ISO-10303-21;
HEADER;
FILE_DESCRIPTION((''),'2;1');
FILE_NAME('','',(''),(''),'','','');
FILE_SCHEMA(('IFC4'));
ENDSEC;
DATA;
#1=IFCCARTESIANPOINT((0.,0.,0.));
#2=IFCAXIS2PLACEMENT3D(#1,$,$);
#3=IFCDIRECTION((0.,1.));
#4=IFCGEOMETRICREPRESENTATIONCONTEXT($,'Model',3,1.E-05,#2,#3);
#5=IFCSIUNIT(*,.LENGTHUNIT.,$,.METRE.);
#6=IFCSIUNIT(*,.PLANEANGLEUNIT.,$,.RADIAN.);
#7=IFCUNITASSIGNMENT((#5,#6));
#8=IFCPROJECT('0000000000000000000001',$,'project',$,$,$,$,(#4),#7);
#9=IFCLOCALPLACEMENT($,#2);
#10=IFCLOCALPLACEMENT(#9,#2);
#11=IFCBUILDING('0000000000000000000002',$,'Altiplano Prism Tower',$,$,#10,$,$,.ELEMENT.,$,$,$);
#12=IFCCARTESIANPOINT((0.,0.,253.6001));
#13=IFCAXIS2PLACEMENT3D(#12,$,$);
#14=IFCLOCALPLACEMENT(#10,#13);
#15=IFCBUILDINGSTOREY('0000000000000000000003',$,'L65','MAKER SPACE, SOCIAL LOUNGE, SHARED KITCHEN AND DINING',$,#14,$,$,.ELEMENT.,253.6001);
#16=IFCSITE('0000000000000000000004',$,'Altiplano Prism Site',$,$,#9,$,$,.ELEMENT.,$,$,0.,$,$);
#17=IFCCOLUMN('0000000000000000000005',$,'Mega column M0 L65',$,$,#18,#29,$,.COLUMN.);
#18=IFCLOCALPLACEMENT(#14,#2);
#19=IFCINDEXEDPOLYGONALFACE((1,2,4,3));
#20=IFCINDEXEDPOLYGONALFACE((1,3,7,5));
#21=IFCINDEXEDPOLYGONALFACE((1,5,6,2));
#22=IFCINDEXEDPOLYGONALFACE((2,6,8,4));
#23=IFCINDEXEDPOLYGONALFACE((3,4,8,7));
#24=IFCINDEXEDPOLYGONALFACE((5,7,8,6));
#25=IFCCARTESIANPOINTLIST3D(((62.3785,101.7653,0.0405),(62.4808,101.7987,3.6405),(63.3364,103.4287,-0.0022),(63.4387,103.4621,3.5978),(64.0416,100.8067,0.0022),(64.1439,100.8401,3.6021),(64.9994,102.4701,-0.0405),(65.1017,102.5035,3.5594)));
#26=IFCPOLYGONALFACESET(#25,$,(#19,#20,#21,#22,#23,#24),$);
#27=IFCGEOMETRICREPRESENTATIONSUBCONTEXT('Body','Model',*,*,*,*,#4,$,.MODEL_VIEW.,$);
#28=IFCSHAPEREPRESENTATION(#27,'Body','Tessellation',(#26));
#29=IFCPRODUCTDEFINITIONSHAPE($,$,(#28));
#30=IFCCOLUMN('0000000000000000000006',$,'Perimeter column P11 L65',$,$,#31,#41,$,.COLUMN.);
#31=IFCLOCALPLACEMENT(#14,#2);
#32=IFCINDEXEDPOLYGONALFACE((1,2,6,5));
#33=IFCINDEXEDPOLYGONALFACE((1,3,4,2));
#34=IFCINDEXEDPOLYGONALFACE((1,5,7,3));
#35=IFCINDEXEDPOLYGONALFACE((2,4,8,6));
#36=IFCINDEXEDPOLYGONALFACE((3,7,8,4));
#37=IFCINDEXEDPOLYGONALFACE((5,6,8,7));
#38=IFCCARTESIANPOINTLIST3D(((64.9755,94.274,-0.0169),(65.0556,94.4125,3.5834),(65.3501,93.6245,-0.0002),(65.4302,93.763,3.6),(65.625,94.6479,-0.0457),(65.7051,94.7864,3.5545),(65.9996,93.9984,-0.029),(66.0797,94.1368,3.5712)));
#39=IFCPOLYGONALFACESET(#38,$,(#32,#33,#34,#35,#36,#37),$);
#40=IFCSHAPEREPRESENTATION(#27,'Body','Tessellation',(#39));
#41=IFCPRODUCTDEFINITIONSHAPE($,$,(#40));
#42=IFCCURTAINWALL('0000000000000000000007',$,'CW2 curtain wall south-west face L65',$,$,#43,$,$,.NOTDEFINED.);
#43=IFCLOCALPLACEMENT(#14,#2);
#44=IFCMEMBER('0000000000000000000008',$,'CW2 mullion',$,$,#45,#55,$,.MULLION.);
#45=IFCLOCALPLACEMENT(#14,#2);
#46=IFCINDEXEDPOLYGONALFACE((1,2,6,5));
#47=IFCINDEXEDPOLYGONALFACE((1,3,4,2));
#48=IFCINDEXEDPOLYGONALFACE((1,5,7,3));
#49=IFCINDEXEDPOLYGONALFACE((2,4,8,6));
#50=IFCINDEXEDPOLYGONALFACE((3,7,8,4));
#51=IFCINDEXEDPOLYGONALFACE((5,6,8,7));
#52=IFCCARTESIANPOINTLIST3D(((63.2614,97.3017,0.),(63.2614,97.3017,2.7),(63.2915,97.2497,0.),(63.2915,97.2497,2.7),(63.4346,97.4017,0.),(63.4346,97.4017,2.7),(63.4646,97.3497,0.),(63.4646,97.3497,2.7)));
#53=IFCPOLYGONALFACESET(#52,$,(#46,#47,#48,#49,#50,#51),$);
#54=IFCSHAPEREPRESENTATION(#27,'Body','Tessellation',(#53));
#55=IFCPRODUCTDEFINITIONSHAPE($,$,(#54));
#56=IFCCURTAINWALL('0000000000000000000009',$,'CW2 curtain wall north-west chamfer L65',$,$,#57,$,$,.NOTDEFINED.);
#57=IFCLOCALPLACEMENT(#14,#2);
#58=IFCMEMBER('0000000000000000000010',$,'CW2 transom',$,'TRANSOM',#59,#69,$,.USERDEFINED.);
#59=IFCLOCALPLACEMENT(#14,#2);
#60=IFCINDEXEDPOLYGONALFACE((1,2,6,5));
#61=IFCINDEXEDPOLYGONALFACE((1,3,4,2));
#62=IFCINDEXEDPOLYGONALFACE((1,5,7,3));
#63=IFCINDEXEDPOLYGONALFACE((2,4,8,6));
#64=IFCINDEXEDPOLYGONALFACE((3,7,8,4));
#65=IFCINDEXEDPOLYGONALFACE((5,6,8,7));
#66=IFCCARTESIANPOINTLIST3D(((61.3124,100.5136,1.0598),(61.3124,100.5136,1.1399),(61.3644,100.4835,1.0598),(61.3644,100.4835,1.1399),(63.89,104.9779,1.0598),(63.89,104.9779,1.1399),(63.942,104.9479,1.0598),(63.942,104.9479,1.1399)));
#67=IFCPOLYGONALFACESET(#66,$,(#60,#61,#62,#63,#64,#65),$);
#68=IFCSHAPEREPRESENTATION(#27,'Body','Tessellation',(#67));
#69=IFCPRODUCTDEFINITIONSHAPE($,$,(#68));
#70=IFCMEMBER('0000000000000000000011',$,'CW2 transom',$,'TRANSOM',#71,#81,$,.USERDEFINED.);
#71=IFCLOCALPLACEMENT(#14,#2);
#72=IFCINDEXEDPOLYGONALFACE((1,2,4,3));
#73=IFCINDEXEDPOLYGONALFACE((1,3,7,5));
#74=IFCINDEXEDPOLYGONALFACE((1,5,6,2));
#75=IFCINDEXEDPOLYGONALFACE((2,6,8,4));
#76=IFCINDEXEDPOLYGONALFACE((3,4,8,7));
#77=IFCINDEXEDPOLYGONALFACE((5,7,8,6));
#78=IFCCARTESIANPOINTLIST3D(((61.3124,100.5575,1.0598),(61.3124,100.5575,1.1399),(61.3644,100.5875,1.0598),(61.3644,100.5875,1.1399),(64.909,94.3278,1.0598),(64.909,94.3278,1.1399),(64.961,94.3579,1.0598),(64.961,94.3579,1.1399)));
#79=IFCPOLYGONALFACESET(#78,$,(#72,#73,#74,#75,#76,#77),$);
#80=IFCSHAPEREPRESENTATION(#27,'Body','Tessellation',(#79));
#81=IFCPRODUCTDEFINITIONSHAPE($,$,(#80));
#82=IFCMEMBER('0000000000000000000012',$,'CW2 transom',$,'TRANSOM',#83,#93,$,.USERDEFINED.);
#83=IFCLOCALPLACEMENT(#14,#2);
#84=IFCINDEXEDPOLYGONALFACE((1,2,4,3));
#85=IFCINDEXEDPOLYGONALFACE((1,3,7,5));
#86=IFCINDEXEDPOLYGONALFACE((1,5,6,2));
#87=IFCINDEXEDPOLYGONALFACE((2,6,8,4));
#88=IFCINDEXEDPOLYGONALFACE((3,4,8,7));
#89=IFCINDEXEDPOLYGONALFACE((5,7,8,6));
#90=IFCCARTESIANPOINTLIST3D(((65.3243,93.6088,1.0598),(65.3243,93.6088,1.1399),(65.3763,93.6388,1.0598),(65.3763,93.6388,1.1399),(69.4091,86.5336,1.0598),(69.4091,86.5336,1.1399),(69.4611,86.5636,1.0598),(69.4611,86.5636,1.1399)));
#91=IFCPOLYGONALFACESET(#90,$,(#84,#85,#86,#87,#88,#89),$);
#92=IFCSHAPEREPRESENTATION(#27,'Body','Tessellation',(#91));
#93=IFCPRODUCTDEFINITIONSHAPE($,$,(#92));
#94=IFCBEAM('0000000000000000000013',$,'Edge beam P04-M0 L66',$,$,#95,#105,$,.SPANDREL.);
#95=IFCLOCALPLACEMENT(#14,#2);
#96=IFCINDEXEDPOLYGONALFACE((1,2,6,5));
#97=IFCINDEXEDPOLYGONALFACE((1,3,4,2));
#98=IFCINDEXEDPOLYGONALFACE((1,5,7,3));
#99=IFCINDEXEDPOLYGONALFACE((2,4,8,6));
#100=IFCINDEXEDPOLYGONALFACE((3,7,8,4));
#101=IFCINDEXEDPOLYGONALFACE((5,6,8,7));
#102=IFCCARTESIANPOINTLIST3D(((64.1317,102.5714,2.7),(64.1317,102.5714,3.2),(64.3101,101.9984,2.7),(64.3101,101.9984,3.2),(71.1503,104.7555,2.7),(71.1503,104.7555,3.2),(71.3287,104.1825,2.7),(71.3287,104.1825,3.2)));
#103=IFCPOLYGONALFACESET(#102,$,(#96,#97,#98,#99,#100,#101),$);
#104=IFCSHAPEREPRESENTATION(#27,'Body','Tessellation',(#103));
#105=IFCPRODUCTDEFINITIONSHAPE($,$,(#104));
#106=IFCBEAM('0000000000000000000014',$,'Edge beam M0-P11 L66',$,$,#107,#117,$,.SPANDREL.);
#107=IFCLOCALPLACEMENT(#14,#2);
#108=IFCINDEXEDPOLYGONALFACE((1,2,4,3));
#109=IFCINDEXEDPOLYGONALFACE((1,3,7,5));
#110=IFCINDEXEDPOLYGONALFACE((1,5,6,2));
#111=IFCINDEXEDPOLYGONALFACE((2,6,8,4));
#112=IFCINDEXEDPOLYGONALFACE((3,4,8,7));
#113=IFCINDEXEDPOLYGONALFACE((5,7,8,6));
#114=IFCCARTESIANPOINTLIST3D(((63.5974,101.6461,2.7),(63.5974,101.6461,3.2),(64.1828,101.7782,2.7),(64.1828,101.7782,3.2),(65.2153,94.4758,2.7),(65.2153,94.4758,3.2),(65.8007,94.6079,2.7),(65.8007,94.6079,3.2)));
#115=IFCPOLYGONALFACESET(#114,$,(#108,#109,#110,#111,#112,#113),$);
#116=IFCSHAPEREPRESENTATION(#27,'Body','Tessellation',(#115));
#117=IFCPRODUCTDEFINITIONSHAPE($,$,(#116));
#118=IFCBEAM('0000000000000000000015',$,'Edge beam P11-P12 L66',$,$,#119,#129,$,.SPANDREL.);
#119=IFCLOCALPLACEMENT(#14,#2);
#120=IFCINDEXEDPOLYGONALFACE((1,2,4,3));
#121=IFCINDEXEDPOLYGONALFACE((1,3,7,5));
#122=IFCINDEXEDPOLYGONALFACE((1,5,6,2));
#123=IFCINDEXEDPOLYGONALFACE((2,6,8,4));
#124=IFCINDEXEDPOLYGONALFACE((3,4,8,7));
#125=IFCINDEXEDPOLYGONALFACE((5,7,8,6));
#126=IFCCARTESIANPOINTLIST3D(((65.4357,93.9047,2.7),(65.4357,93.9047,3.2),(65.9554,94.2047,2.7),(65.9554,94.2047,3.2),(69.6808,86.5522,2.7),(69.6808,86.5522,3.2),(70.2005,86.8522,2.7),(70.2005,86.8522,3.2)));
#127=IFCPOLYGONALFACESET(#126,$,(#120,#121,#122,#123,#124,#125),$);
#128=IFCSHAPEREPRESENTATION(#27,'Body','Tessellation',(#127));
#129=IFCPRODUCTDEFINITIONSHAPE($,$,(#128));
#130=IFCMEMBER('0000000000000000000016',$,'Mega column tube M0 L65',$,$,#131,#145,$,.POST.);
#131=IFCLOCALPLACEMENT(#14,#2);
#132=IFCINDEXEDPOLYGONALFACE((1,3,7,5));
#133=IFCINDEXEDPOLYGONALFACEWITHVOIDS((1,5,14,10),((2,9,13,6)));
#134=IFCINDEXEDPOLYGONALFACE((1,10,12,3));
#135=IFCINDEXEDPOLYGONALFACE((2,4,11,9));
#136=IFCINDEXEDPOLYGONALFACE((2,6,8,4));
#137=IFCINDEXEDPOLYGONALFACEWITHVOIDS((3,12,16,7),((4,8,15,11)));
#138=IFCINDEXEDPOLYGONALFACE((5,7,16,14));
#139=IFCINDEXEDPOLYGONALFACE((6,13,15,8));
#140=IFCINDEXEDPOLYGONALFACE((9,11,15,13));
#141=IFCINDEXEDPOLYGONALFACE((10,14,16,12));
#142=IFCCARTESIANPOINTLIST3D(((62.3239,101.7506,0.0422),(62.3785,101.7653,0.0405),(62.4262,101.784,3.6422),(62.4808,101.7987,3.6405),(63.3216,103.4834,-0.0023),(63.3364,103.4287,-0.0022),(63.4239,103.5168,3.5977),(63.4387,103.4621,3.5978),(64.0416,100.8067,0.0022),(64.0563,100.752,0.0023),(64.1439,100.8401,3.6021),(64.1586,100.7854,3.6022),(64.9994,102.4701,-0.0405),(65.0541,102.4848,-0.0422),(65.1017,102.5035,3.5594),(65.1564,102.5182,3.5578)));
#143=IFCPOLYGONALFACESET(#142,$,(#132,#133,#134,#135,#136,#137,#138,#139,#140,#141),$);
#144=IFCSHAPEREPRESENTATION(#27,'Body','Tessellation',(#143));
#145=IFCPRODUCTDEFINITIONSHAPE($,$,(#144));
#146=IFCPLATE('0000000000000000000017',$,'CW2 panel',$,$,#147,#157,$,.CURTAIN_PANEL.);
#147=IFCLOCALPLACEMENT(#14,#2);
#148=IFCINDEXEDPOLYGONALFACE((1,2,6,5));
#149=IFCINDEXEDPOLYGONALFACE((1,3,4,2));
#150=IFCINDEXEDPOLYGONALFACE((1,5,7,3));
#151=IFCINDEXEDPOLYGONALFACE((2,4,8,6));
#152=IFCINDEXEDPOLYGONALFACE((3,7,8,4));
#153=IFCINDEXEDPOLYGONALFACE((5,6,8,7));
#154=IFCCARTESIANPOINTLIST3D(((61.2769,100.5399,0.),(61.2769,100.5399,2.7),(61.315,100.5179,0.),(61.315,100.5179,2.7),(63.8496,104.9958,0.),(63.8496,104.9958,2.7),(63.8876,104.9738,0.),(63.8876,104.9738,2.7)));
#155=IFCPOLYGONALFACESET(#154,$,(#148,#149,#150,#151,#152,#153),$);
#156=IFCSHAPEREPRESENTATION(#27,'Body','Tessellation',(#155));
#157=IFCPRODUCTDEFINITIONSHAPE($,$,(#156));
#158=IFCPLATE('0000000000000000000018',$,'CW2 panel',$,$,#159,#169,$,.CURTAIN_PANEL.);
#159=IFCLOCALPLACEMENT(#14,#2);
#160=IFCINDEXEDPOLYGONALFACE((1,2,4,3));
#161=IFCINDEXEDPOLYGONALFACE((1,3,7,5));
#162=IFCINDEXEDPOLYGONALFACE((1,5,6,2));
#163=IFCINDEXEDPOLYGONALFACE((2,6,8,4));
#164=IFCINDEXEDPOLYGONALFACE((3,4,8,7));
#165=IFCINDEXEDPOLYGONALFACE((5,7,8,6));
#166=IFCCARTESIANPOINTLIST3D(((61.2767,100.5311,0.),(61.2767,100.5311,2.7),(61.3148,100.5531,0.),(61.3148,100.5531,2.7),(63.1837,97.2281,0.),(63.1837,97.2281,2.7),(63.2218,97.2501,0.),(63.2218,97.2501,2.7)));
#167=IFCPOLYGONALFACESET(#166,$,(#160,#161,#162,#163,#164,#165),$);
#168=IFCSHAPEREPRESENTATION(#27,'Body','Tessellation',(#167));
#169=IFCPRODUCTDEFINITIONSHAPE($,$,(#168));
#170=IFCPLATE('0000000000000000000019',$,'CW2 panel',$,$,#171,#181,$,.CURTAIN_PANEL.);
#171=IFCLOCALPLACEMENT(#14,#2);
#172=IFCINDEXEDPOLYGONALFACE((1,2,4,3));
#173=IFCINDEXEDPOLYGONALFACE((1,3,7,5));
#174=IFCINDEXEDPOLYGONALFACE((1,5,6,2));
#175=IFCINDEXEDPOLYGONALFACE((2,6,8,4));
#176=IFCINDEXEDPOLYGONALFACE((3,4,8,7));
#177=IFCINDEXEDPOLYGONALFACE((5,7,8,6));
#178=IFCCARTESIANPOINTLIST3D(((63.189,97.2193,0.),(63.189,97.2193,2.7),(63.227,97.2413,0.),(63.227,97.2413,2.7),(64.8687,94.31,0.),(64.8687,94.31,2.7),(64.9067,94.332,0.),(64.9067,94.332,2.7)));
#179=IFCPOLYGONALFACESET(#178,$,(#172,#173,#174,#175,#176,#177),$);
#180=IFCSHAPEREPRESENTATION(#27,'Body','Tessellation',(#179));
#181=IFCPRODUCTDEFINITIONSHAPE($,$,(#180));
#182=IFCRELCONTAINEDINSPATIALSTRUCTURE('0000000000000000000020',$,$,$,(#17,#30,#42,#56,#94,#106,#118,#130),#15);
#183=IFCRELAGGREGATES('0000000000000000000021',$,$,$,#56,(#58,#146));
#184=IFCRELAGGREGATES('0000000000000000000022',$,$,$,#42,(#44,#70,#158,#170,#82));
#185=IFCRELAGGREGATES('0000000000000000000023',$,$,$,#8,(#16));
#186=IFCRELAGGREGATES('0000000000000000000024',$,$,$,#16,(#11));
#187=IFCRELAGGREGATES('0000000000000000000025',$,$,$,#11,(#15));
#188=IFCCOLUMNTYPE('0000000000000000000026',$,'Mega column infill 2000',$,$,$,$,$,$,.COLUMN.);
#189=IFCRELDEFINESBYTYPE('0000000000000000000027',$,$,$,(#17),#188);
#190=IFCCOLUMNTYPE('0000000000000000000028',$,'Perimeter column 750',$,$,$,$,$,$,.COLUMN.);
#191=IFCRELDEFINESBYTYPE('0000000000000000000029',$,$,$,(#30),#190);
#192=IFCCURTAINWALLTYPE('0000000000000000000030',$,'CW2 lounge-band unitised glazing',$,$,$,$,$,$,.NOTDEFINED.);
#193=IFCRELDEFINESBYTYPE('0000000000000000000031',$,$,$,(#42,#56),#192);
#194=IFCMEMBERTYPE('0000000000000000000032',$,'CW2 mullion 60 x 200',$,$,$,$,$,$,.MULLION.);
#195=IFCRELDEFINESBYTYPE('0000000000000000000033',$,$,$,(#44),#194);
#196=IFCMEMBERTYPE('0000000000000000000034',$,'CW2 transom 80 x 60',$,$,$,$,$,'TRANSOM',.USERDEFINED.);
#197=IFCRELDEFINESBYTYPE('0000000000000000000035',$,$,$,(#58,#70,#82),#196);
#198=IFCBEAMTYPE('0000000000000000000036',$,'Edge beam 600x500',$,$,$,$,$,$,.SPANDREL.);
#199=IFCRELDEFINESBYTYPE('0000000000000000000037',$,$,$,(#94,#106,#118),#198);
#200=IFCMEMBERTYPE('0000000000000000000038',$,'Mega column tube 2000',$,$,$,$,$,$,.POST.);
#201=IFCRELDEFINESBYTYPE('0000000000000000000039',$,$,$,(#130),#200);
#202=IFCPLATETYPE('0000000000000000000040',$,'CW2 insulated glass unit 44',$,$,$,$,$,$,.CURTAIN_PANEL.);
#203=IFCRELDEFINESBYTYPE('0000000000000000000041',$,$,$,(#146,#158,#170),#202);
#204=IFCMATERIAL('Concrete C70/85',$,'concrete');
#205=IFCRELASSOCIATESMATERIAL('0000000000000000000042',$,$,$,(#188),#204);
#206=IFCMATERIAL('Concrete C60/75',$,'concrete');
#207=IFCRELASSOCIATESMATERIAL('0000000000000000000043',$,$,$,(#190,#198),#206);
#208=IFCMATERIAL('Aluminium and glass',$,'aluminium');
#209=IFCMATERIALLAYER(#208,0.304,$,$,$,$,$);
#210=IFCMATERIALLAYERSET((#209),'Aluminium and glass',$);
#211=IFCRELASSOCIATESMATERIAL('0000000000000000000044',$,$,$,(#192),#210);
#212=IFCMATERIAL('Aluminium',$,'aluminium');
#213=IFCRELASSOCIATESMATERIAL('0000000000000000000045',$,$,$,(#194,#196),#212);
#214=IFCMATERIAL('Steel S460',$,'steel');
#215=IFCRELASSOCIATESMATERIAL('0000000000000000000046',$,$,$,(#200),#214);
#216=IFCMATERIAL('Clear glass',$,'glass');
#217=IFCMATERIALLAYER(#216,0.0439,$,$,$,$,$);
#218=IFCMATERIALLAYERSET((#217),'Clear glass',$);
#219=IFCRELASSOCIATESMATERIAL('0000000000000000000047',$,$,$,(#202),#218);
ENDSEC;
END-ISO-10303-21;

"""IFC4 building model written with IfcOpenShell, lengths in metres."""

from ifc_helpers import new_model, si_unit, direction, frame, origin, origin_2d, place, context, subcontext, project, spatial, rectangle, hollow_rectangle, extrude, material, layer, layer_set, material_profile, profile_set, type_object, element, aggregate, save


model = new_model("IFC4")

# Units and contexts
model_context = context("Model", 3, precision=1e-05, world=origin(), true_north=direction((0.0, 1.0)))
body_context = subcontext(model_context, "Body", "Model", "MODEL_VIEW")
ifc_project = project(units=[si_unit("LENGTHUNIT", "METRE"), si_unit("PLANEANGLEUNIT", "RADIAN")], contexts=[model_context])

# Site, building, storey
site_placement = place(None, origin())
site = spatial("IfcSite", under=ifc_project, at=site_placement, Name="Altiplano Prism Site", CompositionType="ELEMENT", RefElevation=0.0)
building_placement = place(site_placement, origin())
building = spatial("IfcBuilding", under=site, at=building_placement, Name="Altiplano Prism Tower", CompositionType="ELEMENT")
storey_placement = place(building_placement, frame((0.0, 0.0, 253.6001)))
storey = spatial("IfcBuildingStorey", under=building, at=storey_placement, Name="L65", Description="MAKER SPACE, SOCIAL LOUNGE, SHARED KITCHEN AND DINING", CompositionType="ELEMENT", Elevation=253.6001)

# Columns
ifc_material_1 = material(Name="Concrete C70/85", Category="concrete")
ifc_material_profile_1 = material_profile(ifc_material_1, rectangle(XDim=1.9199, YDim=1.9199, at=origin_2d()), Name="Mega column infill 2000")
ifc_profile_set_1 = profile_set([ifc_material_profile_1], Name="Concrete C70/85")
column_type_1 = type_object("IfcColumnType", Name="Mega column infill 2000", PredefinedType="COLUMN", material=ifc_profile_set_1)
column_1_placement = place(storey_placement, frame((63.689, 102.1177, 0.0), z_axis=(0.028404, 0.009287, 0.999553), x_axis=(-0.866202, 0.499295, 0.019975)))
element("IfcColumn", 1, at=column_1_placement, inside=storey, type_object=column_type_1, Name="Mega column M0 L65", PredefinedType="COLUMN", context=body_context, shape_type="SweptSolid", body=[
    extrude(rectangle(XDim=1.9199, YDim=1.9199, at=origin_2d()), origin(), (0.0, 0.0, 1.0), 3.6016),
])
ifc_material_2 = material(Name="Concrete C60/75", Category="concrete")
ifc_material_profile_2 = material_profile(ifc_material_2, rectangle(XDim=0.75, YDim=0.75, at=origin_2d()), Name="Perimeter column 750")
ifc_profile_set_2 = profile_set([ifc_material_profile_2], Name="Concrete C60/75")
column_type_2 = type_object("IfcColumnType", Name="Perimeter column 750", PredefinedType="COLUMN", material=ifc_profile_set_2)
column_2_placement = place(storey_placement, frame((65.4875, 94.1362, -0.0229), z_axis=(0.022221, 0.038413, 0.999015), x_axis=(-0.866024, -0.498523, 0.038432)))
element("IfcColumn", 2, at=column_2_placement, inside=storey, type_object=column_type_2, Name="Perimeter column P11 L65", PredefinedType="COLUMN", context=body_context, shape_type="SweptSolid", body=[
    extrude(rectangle(XDim=0.75, YDim=0.75, at=origin_2d()), origin(), (0.0, 0.0, 1.0), 3.6038),
])

# Curtain walls, members
ifc_material_3 = material(Name="Aluminium and glass", Category="aluminium")
ifc_layer_1 = layer(ifc_material_3, 0.304)
ifc_layer_set_1 = layer_set([ifc_layer_1], Name="Aluminium and glass")
curtain_wall_type = type_object("IfcCurtainWallType", Name="CW2 lounge-band unitised glazing", PredefinedType="NOTDEFINED", material=ifc_layer_set_1)
curtain_wall_1_placement = place(storey_placement, origin())
curtain_wall_1 = element("IfcCurtainWall", 3, at=curtain_wall_1_placement, inside=storey, type_object=curtain_wall_type, Name="CW2 curtain wall south-west face L65", PredefinedType="NOTDEFINED")
ifc_material_4 = material(Name="Aluminium", Category="aluminium")
ifc_material_profile_3 = material_profile(ifc_material_4, rectangle(XDim=0.2, YDim=0.0601, at=origin_2d()), Name="CW2 mullion 60 x 200")
ifc_profile_set_3 = profile_set([ifc_material_profile_3], Name="Aluminium")
member_type_1 = type_object("IfcMemberType", Name="CW2 mullion 60 x 200", PredefinedType="MULLION", material=ifc_profile_set_3)
member_1_placement = place(storey_placement, frame((63.363, 97.3257, 0.0), z_axis=(0.0, 0.0, 1.0), x_axis=(0.866025, 0.5, 0.0)))
member_1 = element("IfcMember", 4, at=member_1_placement, type_object=member_type_1, Name="CW2 mullion", PredefinedType="MULLION", context=body_context, shape_type="SweptSolid", body=[
    extrude(rectangle(XDim=0.2, YDim=0.0601, at=origin_2d()), origin(), (0.0, 0.0, 1.0), 2.7),
])
curtain_wall_2_placement = place(storey_placement, origin())
curtain_wall_2 = element("IfcCurtainWall", 5, at=curtain_wall_2_placement, inside=storey, type_object=curtain_wall_type, Name="CW2 curtain wall north-west chamfer L65", PredefinedType="NOTDEFINED")
ifc_material_profile_4 = material_profile(ifc_material_4, rectangle(XDim=0.0601, YDim=0.0801, at=origin_2d()), Name="CW2 transom 80 x 60")
ifc_profile_set_4 = profile_set([ifc_material_profile_4], Name="Aluminium")
member_type_2 = type_object("IfcMemberType", Name="CW2 transom 80 x 60", ElementType="TRANSOM", PredefinedType="USERDEFINED", material=ifc_profile_set_4)
member_2_placement = place(storey_placement, frame((63.916, 104.9629, 1.0999), z_axis=(-0.50002, -0.866014, 0.0), x_axis=(0.866014, -0.50002, 0.0)))
member_2 = element("IfcMember", 6, at=member_2_placement, type_object=member_type_2, Name="CW2 transom", ObjectType="TRANSOM", PredefinedType="USERDEFINED", context=body_context, shape_type="SweptSolid", body=[
    extrude(rectangle(XDim=0.0601, YDim=0.0801, at=origin_2d()), origin(), (0.0, 0.0, 1.0), 5.155),
])

# Members
member_3_placement = place(storey_placement, frame((61.3384, 100.5725, 1.0999), z_axis=(0.499994, -0.866029, 0.0), x_axis=(0.866029, 0.499994, 0.0)))
member_3 = element("IfcMember", 7, at=member_3_placement, type_object=member_type_2, Name="CW2 transom", ObjectType="TRANSOM", PredefinedType="USERDEFINED", context=body_context, shape_type="SweptSolid", body=[
    extrude(rectangle(XDim=0.0601, YDim=0.0801, at=origin_2d()), origin(), (0.0, 0.0, 1.0), 7.1934),
])
member_4_placement = place(storey_placement, frame((65.3503, 93.6238, 1.0999), z_axis=(0.499986, -0.866033, 0.0), x_axis=(0.866033, 0.499986, 0.0)))
member_4 = element("IfcMember", 8, at=member_4_placement, type_object=member_type_2, Name="CW2 transom", ObjectType="TRANSOM", PredefinedType="USERDEFINED", context=body_context, shape_type="SweptSolid", body=[
    extrude(rectangle(XDim=0.0601, YDim=0.0801, at=origin_2d()), origin(), (0.0, 0.0, 1.0), 8.1697),
])

# Beams
ifc_material_profile_5 = material_profile(ifc_material_2, rectangle(XDim=0.6001, YDim=0.5, at=origin_2d()), Name="Edge beam 600x500")
ifc_profile_set_5 = profile_set([ifc_material_profile_5], Name="Concrete C60/75")
beam_type = type_object("IfcBeamType", Name="Edge beam 600x500", PredefinedType="SPANDREL", material=ifc_profile_set_5)
for number, where, z_axis, x_axis, name in (
    (9, (71.2395, 104.469, 2.95), (-0.954836, -0.297133, 0.0), (0.297133, -0.954836, 0.0), "Edge beam P04-M0 L66"),
    (10, (63.8901, 101.7122, 2.95), (0.220105, -0.975476, 0.0), (0.975476, 0.220105, 0.0), "Edge beam M0-P11 L66"),
):
    element("IfcBeam", number, at=place(storey_placement, frame(where, z_axis=z_axis, x_axis=x_axis)), inside=storey, type_object=beam_type, Name=name, PredefinedType="SPANDREL", context=body_context, shape_type="SweptSolid", body=[
        extrude(rectangle(XDim=0.6001, YDim=0.5, at=origin_2d()), origin(), (0.0, 0.0, 1.0), 7.3506),
    ])
beam_placement = place(storey_placement, frame((65.6956, 94.0547, 2.95), z_axis=(0.500011, -0.866019, 0.0), x_axis=(0.866019, 0.500011, 0.0)))
element("IfcBeam", 11, at=beam_placement, inside=storey, type_object=beam_type, Name="Edge beam P11-P12 L66", PredefinedType="SPANDREL", context=body_context, shape_type="SweptSolid", body=[
    extrude(rectangle(XDim=0.6001, YDim=0.5, at=origin_2d()), origin(), (0.0, 0.0, 1.0), 8.49),
])

# Member
ifc_material_5 = material(Name="Steel S460", Category="steel")
ifc_material_profile_6 = material_profile(ifc_material_5, hollow_rectangle(XDim=2.0, YDim=2.0, WallThickness=0.04, at=origin_2d()), Name="Mega column tube 2000")
ifc_profile_set_6 = profile_set([ifc_material_profile_6], Name="Steel S460")
member_type_3 = type_object("IfcMemberType", Name="Mega column tube 2000", PredefinedType="POST", material=ifc_profile_set_6)
member_5_placement = place(storey_placement, frame((63.689, 102.1177, 0.0), z_axis=(0.028404, 0.009287, 0.999553), x_axis=(-0.866202, 0.499295, 0.019975)))
element("IfcMember", 12, at=member_5_placement, inside=storey, type_object=member_type_3, Name="Mega column tube M0 L65", PredefinedType="POST", context=body_context, shape_type="SweptSolid", body=[
    extrude(hollow_rectangle(XDim=2.0, YDim=2.0, WallThickness=0.04, at=origin_2d()), origin(), (0.0, 0.0, 1.0), 3.6016),
])

# Plates
ifc_material_6 = material(Name="Clear glass", Category="glass")
ifc_layer_2 = layer(ifc_material_6, 0.0439)
ifc_layer_set_2 = layer_set([ifc_layer_2], Name="Clear glass")
plate_type = type_object("IfcPlateType", Name="CW2 insulated glass unit 44", PredefinedType="CURTAIN_PANEL", material=ifc_layer_set_2)
plate_1_placement = place(storey_placement, frame((62.5823, 102.7568, 0.0), z_axis=(0.0, 0.0, 1.0), x_axis=(-0.5, -0.866025, 0.0)))
plate_1 = element("IfcPlate", 13, at=plate_1_placement, type_object=plate_type, Name="CW2 panel", PredefinedType="CURTAIN_PANEL", context=body_context, shape_type="SweptSolid", body=[
    extrude(rectangle(XDim=5.1453, YDim=0.0439, at=origin_2d()), origin(), (0.0, 0.0, 1.0), 2.7),
])
aggregate(curtain_wall_2, [member_2, plate_1])
plate_2_placement = place(storey_placement, frame((62.2493, 98.8906, 0.0), z_axis=(0.0, 0.0, 1.0), x_axis=(0.5, -0.866025, 0.0)))
plate_2 = element("IfcPlate", 14, at=plate_2_placement, type_object=plate_type, Name="CW2 panel", PredefinedType="CURTAIN_PANEL", context=body_context, shape_type="SweptSolid", body=[
    extrude(rectangle(XDim=3.814, YDim=0.0439, at=origin_2d()), origin(), (0.0, 0.0, 1.0), 2.7),
])
plate_3_placement = place(storey_placement, frame((64.0479, 95.7756, 0.0), z_axis=(0.0, 0.0, 1.0), x_axis=(0.5, -0.866025, 0.0)))
plate_3 = element("IfcPlate", 15, at=plate_3_placement, type_object=plate_type, Name="CW2 panel", PredefinedType="CURTAIN_PANEL", context=body_context, shape_type="SweptSolid", body=[
    extrude(rectangle(XDim=3.3594, YDim=0.0439, at=origin_2d()), origin(), (0.0, 0.0, 1.0), 2.7),
])
aggregate(curtain_wall_1, [member_1, member_3, plate_2, plate_3, member_4])

save(model, "model.ifc")
